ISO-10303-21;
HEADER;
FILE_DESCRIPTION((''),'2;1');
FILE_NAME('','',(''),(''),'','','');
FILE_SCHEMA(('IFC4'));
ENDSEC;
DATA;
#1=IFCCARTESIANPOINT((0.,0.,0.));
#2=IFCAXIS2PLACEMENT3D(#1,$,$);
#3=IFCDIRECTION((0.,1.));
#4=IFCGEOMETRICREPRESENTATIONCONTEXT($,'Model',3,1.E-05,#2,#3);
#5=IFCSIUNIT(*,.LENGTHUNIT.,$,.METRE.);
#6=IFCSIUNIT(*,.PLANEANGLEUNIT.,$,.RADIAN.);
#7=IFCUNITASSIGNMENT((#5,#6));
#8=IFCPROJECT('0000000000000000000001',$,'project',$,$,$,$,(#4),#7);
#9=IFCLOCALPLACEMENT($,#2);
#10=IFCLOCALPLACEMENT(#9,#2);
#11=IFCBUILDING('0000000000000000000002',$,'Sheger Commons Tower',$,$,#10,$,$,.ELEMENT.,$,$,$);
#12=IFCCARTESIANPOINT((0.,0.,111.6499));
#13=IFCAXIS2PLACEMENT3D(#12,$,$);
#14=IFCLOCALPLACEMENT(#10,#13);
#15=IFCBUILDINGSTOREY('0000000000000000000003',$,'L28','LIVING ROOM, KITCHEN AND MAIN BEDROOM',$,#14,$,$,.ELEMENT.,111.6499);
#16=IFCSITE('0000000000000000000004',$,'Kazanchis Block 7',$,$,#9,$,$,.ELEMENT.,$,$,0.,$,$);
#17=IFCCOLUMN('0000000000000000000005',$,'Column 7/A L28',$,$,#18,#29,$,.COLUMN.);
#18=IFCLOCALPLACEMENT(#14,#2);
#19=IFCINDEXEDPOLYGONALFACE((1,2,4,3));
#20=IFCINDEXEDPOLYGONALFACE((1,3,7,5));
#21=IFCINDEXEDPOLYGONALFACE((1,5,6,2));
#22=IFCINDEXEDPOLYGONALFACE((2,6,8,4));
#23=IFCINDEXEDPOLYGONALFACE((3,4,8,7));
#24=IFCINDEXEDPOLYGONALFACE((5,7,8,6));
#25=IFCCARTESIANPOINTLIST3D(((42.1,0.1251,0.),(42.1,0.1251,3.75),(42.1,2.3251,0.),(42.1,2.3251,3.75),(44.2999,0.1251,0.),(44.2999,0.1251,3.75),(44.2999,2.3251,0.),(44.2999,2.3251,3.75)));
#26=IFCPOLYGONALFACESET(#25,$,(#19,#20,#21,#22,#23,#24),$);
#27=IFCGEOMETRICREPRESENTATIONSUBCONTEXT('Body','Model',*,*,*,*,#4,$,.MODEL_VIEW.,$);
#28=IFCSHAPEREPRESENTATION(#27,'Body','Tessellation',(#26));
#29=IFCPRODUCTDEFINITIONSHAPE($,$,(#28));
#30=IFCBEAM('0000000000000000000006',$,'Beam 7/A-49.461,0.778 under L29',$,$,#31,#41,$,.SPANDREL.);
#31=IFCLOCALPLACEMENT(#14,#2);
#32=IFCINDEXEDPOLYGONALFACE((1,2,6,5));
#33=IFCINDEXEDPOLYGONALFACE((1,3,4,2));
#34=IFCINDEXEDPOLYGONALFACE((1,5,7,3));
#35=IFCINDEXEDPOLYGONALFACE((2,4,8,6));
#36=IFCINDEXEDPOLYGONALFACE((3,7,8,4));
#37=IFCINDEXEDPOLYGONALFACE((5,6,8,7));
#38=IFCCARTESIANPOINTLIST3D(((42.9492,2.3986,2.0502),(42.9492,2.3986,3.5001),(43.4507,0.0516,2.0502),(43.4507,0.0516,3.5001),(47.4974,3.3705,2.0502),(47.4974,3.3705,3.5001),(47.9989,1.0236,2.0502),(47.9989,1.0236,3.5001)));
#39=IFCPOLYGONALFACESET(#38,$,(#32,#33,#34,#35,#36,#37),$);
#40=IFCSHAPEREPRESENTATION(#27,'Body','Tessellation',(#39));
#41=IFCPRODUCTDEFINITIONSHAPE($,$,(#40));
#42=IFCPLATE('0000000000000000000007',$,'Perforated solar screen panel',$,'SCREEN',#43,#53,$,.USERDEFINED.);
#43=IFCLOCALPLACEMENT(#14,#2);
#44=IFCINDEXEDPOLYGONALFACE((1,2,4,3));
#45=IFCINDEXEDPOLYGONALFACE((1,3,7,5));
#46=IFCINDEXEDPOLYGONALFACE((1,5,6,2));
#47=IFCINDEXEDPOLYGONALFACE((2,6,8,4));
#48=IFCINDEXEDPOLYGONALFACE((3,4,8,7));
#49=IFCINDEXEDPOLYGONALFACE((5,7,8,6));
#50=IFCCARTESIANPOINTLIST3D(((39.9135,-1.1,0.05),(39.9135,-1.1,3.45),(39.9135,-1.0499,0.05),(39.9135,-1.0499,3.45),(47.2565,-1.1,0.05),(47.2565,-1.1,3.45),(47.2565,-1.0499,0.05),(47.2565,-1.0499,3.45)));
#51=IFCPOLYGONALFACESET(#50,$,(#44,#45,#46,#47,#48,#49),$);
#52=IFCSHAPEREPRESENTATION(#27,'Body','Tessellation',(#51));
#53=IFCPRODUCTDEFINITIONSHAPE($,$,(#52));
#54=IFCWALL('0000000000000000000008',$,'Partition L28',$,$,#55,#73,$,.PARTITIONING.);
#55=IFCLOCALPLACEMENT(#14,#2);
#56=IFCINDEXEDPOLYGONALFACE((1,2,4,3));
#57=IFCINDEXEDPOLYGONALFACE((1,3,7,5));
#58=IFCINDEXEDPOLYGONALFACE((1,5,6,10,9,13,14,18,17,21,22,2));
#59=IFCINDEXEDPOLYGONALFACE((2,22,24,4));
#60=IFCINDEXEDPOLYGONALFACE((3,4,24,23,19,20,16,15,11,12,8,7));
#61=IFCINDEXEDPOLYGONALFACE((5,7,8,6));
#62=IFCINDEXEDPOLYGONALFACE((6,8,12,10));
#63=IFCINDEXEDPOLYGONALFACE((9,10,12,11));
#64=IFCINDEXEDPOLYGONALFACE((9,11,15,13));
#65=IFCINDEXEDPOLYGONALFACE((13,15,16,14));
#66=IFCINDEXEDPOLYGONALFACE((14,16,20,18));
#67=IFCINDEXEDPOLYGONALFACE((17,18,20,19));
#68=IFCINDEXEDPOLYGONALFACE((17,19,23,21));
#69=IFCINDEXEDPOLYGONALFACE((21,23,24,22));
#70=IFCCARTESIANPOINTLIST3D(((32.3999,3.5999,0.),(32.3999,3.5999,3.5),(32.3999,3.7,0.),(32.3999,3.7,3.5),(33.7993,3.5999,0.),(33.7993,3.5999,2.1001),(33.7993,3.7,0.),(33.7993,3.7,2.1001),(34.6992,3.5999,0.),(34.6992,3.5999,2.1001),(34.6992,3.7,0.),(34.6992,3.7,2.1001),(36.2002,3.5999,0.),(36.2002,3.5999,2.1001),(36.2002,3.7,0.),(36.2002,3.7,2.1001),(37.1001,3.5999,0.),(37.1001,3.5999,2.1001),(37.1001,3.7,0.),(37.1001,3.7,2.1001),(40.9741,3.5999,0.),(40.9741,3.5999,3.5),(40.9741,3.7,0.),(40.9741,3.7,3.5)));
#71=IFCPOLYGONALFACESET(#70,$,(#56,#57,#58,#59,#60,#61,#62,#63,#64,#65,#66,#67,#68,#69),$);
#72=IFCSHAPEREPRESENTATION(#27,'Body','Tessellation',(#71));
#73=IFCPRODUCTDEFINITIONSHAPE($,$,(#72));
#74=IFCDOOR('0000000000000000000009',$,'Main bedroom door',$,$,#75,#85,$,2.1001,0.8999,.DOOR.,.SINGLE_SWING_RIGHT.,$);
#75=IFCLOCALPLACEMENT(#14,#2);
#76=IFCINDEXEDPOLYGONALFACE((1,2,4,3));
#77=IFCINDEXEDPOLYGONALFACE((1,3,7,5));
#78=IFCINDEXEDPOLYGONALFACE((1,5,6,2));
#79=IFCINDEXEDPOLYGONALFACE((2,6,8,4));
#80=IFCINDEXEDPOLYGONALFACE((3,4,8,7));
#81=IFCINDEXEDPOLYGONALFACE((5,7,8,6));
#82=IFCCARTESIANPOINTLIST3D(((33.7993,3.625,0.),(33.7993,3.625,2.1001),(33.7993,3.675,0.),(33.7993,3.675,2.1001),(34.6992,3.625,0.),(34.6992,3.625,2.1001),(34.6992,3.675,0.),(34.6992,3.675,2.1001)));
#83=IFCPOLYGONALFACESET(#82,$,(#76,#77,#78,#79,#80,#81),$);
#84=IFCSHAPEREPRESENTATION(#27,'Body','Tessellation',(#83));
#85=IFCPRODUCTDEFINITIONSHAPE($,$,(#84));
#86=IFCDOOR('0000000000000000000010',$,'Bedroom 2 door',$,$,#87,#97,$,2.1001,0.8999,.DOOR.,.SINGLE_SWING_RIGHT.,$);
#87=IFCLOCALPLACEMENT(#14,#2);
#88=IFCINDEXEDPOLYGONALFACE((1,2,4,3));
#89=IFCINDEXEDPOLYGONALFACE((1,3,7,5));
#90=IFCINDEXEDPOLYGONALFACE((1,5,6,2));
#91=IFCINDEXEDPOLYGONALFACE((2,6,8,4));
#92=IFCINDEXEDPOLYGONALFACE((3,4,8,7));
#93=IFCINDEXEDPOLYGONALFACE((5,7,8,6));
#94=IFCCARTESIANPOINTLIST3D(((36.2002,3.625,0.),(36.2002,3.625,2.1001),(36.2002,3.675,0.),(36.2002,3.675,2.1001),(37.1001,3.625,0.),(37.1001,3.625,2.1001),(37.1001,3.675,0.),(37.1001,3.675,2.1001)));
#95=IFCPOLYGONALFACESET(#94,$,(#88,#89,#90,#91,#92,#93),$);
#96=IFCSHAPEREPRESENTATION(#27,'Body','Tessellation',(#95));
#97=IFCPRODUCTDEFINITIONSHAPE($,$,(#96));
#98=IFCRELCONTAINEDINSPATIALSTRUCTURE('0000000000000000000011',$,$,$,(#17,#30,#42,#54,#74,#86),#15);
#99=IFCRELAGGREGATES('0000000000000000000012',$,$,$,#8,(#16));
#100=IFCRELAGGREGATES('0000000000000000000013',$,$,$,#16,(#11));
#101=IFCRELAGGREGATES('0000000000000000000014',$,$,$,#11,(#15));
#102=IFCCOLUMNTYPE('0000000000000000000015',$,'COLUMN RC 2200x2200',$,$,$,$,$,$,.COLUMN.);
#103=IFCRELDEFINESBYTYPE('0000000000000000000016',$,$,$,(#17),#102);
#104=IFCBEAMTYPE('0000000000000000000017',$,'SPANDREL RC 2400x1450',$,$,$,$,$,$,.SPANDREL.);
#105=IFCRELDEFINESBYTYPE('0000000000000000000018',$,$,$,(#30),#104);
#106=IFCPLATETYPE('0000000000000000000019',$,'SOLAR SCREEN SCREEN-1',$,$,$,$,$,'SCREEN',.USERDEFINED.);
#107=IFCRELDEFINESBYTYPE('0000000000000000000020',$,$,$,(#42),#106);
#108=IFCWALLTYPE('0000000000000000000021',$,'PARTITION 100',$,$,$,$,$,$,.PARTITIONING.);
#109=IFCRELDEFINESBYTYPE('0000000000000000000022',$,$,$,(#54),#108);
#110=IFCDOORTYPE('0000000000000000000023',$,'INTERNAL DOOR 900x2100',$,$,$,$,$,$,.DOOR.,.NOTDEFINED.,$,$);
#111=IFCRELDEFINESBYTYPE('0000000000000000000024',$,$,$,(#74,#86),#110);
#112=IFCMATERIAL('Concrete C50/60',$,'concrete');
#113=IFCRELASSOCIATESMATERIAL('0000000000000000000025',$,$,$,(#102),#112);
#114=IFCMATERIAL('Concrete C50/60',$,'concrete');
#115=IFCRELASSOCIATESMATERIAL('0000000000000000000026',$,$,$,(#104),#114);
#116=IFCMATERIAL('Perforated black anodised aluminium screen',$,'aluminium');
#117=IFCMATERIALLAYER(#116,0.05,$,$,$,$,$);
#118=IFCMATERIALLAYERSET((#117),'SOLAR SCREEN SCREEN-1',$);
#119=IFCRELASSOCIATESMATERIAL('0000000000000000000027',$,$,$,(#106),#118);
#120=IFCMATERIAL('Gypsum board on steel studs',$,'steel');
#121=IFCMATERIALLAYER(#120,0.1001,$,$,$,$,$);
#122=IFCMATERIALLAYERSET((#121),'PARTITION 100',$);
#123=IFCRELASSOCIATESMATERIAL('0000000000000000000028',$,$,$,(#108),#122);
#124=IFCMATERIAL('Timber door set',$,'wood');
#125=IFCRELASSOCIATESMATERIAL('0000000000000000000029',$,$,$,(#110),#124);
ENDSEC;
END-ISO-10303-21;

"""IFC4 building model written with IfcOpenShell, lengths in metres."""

from ifc_helpers import new_model, si_unit, direction, frame, frame_2d, origin, origin_2d, place, context, subcontext, project, spatial, rectangle, extrude, material, layer, layer_set, material_profile, profile_set, type_object, element, fill, save


model = new_model("IFC4")

# Units and contexts
model_context = context("Model", 3, precision=1e-05, world=origin(), true_north=direction((0.0, 1.0)))
body_context = subcontext(model_context, "Body", "Model", "MODEL_VIEW")
ifc_project = project(units=[si_unit("LENGTHUNIT", "METRE"), si_unit("PLANEANGLEUNIT", "RADIAN")], contexts=[model_context])

# Site, building, storey
site_placement = place(None, origin())
site = spatial("IfcSite", under=ifc_project, at=site_placement, Name="Kazanchis Block 7", CompositionType="ELEMENT", RefElevation=0.0)
building_placement = place(site_placement, origin())
building = spatial("IfcBuilding", under=site, at=building_placement, Name="Sheger Commons Tower", CompositionType="ELEMENT")
storey_placement = place(building_placement, frame((0.0, 0.0, 111.6499)))
storey = spatial("IfcBuildingStorey", under=building, at=storey_placement, Name="L28", Description="LIVING ROOM, KITCHEN AND MAIN BEDROOM", CompositionType="ELEMENT", Elevation=111.6499)

# Column
ifc_material_1 = material(Name="Concrete C50/60", Category="concrete")
ifc_material_profile_1 = material_profile(ifc_material_1, rectangle(XDim=2.2, YDim=2.2, at=origin_2d()), Name="RC 2200x2200")
ifc_profile_set_1 = profile_set([ifc_material_profile_1], Name="Concrete C50/60")
column_type = type_object("IfcColumnType", Name="COLUMN RC 2200x2200", PredefinedType="COLUMN", material=ifc_profile_set_1)
column_placement = place(storey_placement, frame((43.2, 1.2251, 0.0), z_axis=(0.0, 0.0, 1.0), x_axis=(1.0, 0.0, 0.0)))
element("IfcColumn", 1, at=column_placement, inside=storey, type_object=column_type, Name="Column 7/A L28", PredefinedType="COLUMN", context=body_context, shape_type="SweptSolid", body=[
    extrude(rectangle(XDim=2.2, YDim=2.2, at=origin_2d()), origin(), (0.0, 0.0, 1.0), 3.75),
])

# Beam
ifc_material_2 = material(Name="Concrete C50/60", Category="concrete")
ifc_material_profile_2 = material_profile(ifc_material_2, rectangle(XDim=2.3999, YDim=1.45, at=origin_2d()), Name="RC 2400x1450")
ifc_profile_set_2 = profile_set([ifc_material_profile_2], Name="Concrete C50/60")
beam_type = type_object("IfcBeamType", Name="SPANDREL RC 2400x1450", PredefinedType="SPANDREL", material=ifc_profile_set_2)
beam_placement = place(storey_placement, frame((43.2, 1.2251, 2.7751), z_axis=(0.97792, 0.208981, 0.0), x_axis=(-0.208981, 0.97792, 0.0)))
element("IfcBeam", 2, at=beam_placement, inside=storey, type_object=beam_type, Name="Beam 7/A-49.461,0.778 under L29", PredefinedType="SPANDREL", context=body_context, shape_type="SweptSolid", body=[
    extrude(rectangle(XDim=2.3999, YDim=1.45, at=origin_2d()), origin(), (0.0, 0.0, 1.0), 4.6509),
])

# Plate
ifc_material_3 = material(Name="Perforated black anodised aluminium screen", Category="aluminium")
ifc_layer_1 = layer(ifc_material_3, 0.05)
ifc_layer_set_1 = layer_set([ifc_layer_1], Name="SOLAR SCREEN SCREEN-1")
plate_type = type_object("IfcPlateType", Name="SOLAR SCREEN SCREEN-1", ElementType="SCREEN", PredefinedType="USERDEFINED", material=ifc_layer_set_1)
plate_placement = place(storey_placement, frame((43.585, -1.075, 0.05), z_axis=(0.0, 0.0, 1.0), x_axis=(1.0, 0.0, 0.0)))
element("IfcPlate", 3, at=plate_placement, inside=storey, type_object=plate_type, Name="Perforated solar screen panel", ObjectType="SCREEN", PredefinedType="USERDEFINED", context=body_context, shape_type="SweptSolid", body=[
    extrude(rectangle(XDim=7.343, YDim=0.05, at=origin_2d()), origin(), (0.0, 0.0, 1.0), 3.3999),
])

# Wall, openings, doors
ifc_material_4 = material(Name="Gypsum board on steel studs", Category="steel")
ifc_layer_2 = layer(ifc_material_4, 0.1001)
ifc_layer_set_2 = layer_set([ifc_layer_2], Name="PARTITION 100")
wall_type = type_object("IfcWallType", Name="PARTITION 100", PredefinedType="PARTITIONING", material=ifc_layer_set_2)
wall_1_placement = place(storey_placement, frame((40.9741, 3.6499, 0.0), z_axis=(0.0, 0.0, 1.0), x_axis=(-1.0, 0.0, 0.0)))
wall_1 = element("IfcWall", 4, at=wall_1_placement, inside=storey, type_object=wall_type, Name="Partition L28", PredefinedType="PARTITIONING", context=body_context, shape_type="SweptSolid", body=[
    extrude(rectangle(XDim=8.5742, YDim=0.1001, at=frame_2d((4.2871, 0.0))), origin(), (0.0, 0.0, 1.0), 3.5),
])
opening_1_placement = place(wall_1_placement, frame((6.2749, 0.0, 0.0)))
opening_1 = element("IfcOpeningElement", 5, at=opening_1_placement, cuts=wall_1, PredefinedType="OPENING", context=body_context, shape_type="SweptSolid", body=[
    extrude(rectangle(XDim=0.8999, YDim=2.1001, at=frame_2d((0.45, 1.05))), frame((0.0, 0.0601, 0.0), z_axis=(0.0, -1.0, 0.0), x_axis=(1.0, 0.0, 0.0)), (0.0, 0.0, 1.0), 0.1201),
])
opening_2_placement = place(wall_1_placement, frame((3.874, 0.0, 0.0)))
opening_2 = element("IfcOpeningElement", 6, at=opening_2_placement, cuts=wall_1, PredefinedType="OPENING", context=body_context, shape_type="SweptSolid", body=[
    extrude(rectangle(XDim=0.8999, YDim=2.1001, at=frame_2d((0.45, 1.05))), frame((0.0, 0.0601, 0.0), z_axis=(0.0, -1.0, 0.0), x_axis=(1.0, 0.0, 0.0)), (0.0, 0.0, 1.0), 0.1201),
])
ifc_material_5 = material(Name="Timber door set", Category="wood")
door_type = type_object("IfcDoorType", Name="INTERNAL DOOR 900x2100", OperationType="NOTDEFINED", PredefinedType="DOOR", material=ifc_material_5)
door_1_placement = place(opening_1_placement, origin())
door_1 = element("IfcDoor", 7, at=door_1_placement, inside=storey, type_object=door_type, Name="Main bedroom door", OperationType="SINGLE_SWING_RIGHT", OverallHeight=2.1001, OverallWidth=0.8999, PredefinedType="DOOR", context=body_context, shape_type="SweptSolid", body=[
    extrude(rectangle(XDim=0.8999, YDim=2.1001, at=frame_2d((0.45, 1.05))), frame((0.0, 0.0249, 0.0), z_axis=(0.0, -1.0, 0.0), x_axis=(1.0, 0.0, 0.0)), (0.0, 0.0, 1.0), 0.05),
])
fill(opening_1, door_1)
door_2_placement = place(opening_2_placement, origin())
door_2 = element("IfcDoor", 8, at=door_2_placement, inside=storey, type_object=door_type, Name="Bedroom 2 door", OperationType="SINGLE_SWING_RIGHT", OverallHeight=2.1001, OverallWidth=0.8999, PredefinedType="DOOR", context=body_context, shape_type="SweptSolid", body=[
    extrude(rectangle(XDim=0.8999, YDim=2.1001, at=frame_2d((0.45, 1.05))), frame((0.0, 0.0249, 0.0), z_axis=(0.0, -1.0, 0.0), x_axis=(1.0, 0.0, 0.0)), (0.0, 0.0, 1.0), 0.05),
])
fill(opening_2, door_2)

save(model, "model.ifc")
